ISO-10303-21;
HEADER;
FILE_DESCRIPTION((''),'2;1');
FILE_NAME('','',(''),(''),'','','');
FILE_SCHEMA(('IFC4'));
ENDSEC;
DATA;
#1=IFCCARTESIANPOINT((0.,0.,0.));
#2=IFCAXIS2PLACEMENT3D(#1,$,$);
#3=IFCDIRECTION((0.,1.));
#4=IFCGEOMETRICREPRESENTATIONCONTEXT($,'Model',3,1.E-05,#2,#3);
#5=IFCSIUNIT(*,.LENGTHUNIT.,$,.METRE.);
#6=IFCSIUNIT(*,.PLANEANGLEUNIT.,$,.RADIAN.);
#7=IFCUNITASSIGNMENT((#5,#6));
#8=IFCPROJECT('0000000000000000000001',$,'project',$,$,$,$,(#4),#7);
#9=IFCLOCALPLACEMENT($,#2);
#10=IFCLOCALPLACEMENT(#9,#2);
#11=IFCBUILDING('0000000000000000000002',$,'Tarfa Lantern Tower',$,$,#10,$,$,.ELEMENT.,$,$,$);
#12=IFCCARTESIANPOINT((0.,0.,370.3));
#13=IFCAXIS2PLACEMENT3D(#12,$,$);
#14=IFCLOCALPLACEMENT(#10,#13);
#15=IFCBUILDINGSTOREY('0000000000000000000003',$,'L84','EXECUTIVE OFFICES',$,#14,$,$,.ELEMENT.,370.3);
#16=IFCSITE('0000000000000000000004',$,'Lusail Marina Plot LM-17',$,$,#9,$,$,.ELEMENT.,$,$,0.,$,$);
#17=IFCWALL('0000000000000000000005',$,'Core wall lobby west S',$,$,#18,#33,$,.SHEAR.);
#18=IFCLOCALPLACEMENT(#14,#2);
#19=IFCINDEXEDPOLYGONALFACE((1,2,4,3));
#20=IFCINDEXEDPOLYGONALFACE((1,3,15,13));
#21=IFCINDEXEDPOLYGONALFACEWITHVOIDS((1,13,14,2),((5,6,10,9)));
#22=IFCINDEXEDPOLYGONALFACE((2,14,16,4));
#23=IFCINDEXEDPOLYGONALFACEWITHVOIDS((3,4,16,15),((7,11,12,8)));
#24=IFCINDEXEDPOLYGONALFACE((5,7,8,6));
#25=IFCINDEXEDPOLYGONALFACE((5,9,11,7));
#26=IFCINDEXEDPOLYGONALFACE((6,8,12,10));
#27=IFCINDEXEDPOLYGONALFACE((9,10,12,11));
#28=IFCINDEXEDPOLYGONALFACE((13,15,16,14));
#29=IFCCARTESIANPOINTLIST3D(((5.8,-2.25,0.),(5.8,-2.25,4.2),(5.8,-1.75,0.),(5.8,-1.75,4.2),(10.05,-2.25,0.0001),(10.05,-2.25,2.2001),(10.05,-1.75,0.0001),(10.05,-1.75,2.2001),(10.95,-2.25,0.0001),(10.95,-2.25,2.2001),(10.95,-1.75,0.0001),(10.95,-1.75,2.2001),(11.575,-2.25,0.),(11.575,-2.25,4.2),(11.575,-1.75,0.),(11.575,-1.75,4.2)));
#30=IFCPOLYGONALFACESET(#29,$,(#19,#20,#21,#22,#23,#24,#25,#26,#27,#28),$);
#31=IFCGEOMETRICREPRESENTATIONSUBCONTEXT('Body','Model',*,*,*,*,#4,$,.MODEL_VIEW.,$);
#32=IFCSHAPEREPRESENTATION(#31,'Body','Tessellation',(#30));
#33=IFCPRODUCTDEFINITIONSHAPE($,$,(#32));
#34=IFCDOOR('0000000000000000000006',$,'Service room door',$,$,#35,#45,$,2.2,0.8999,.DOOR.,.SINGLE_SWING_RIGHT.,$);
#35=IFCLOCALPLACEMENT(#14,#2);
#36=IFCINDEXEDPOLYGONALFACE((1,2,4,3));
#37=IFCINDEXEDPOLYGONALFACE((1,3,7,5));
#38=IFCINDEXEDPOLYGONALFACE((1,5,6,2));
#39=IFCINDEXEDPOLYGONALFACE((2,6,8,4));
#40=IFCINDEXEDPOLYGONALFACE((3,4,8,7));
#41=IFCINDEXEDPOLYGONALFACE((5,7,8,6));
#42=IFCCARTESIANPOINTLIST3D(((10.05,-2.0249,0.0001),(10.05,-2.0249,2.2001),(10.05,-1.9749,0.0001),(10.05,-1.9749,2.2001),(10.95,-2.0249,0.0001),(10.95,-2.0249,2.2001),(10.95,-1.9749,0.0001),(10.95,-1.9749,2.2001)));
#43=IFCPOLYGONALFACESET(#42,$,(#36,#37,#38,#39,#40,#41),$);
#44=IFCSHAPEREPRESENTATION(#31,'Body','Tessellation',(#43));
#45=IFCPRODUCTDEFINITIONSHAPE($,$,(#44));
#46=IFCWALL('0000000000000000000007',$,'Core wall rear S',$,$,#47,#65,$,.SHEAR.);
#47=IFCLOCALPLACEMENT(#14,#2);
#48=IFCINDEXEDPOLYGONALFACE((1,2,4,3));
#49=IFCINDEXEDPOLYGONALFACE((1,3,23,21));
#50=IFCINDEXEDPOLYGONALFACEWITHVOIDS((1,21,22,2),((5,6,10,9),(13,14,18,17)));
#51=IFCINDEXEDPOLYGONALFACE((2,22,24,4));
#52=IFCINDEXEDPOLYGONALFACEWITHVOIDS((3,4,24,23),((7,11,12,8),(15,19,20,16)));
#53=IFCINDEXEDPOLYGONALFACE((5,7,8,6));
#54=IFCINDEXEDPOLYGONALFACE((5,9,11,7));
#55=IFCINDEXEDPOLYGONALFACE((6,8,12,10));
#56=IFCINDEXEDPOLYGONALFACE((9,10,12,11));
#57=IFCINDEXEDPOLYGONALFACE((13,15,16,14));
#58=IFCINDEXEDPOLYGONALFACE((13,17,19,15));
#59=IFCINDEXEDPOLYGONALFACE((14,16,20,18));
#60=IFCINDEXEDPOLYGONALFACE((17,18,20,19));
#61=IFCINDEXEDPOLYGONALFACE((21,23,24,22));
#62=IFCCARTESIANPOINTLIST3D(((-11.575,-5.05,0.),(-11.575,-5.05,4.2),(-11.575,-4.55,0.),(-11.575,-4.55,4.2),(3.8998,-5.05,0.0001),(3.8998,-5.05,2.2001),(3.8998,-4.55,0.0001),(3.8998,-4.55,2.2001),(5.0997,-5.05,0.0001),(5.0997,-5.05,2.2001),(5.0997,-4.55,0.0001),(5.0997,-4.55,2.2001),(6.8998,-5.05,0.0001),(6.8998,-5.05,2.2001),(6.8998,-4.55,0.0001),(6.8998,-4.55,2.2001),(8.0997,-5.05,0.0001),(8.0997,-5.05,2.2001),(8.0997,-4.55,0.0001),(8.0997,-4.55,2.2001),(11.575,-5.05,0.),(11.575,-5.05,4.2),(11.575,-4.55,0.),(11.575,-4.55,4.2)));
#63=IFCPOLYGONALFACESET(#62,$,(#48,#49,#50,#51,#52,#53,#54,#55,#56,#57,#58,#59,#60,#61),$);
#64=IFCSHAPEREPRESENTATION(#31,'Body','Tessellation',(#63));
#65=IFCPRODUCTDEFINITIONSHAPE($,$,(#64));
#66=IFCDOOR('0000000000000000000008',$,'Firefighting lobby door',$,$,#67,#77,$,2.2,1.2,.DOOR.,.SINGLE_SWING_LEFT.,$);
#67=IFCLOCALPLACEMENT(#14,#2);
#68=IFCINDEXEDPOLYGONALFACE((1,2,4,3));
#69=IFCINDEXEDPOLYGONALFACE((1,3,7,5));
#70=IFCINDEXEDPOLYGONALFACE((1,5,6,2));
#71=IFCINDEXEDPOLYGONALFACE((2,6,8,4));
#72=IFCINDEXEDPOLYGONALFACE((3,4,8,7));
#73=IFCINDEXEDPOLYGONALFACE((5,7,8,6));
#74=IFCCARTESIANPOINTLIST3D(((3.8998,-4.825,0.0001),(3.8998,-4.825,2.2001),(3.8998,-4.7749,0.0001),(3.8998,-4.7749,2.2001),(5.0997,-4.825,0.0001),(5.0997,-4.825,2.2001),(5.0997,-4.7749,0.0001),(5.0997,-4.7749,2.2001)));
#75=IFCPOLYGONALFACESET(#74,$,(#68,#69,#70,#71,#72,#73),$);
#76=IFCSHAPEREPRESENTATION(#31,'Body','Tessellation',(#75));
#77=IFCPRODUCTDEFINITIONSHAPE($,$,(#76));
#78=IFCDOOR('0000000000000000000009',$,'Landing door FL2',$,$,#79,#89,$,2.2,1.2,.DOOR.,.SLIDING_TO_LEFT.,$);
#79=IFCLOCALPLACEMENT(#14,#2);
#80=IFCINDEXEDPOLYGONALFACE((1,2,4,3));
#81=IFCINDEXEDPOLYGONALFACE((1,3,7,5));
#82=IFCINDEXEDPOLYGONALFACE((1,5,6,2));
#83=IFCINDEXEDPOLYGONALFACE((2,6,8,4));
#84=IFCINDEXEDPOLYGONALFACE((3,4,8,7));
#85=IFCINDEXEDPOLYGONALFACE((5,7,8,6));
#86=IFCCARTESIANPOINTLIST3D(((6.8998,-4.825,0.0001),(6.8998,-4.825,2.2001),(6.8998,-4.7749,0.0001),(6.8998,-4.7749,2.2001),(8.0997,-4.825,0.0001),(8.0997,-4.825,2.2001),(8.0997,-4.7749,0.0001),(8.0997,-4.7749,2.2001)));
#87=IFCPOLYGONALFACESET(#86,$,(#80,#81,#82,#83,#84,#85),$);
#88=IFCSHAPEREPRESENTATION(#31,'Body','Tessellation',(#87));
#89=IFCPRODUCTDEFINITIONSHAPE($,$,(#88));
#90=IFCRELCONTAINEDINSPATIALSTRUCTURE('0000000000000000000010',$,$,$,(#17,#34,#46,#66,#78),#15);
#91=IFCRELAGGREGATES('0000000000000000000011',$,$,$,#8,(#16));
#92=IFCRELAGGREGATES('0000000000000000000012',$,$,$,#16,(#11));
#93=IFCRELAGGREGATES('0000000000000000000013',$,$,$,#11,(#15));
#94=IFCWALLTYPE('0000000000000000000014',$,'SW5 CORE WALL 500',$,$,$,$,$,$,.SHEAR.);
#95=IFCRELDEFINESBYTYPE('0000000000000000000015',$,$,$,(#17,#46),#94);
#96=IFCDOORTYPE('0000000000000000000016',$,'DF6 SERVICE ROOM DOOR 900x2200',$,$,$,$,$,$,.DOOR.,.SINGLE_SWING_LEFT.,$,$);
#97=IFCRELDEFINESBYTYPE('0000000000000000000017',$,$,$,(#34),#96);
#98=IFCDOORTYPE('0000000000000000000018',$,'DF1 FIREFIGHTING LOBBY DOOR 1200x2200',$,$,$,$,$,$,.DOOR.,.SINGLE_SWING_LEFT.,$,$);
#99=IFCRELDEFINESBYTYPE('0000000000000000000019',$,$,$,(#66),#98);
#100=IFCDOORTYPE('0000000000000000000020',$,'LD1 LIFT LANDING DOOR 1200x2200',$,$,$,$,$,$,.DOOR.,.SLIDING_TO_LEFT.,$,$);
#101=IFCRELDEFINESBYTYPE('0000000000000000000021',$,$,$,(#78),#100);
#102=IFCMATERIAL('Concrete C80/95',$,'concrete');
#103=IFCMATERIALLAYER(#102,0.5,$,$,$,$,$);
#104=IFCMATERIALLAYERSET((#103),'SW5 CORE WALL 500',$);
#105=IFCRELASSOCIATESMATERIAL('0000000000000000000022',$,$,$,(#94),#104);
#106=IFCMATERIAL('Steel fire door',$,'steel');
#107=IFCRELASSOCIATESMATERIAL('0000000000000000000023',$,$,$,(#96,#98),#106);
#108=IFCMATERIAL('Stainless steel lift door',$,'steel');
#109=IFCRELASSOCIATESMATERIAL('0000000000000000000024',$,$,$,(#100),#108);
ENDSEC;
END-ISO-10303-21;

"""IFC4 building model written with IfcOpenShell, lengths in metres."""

from ifc_helpers import new_model, si_unit, direction, frame, frame_2d, origin, place, context, subcontext, project, spatial, rectangle, extrude, material, layer, layer_set, type_object, element, fill, save


model = new_model("IFC4")

# Units and contexts
model_context = context("Model", 3, precision=1e-05, world=origin(), true_north=direction((0.0, 1.0)))
body_context = subcontext(model_context, "Body", "Model", "MODEL_VIEW")
ifc_project = project(units=[si_unit("LENGTHUNIT", "METRE"), si_unit("PLANEANGLEUNIT", "RADIAN")], contexts=[model_context])

# Site, building, storey
site_placement = place(None, origin())
site = spatial("IfcSite", under=ifc_project, at=site_placement, Name="Lusail Marina Plot LM-17", CompositionType="ELEMENT", RefElevation=0.0)
building_placement = place(site_placement, origin())
building = spatial("IfcBuilding", under=site, at=building_placement, Name="Tarfa Lantern Tower", CompositionType="ELEMENT")
storey_placement = place(building_placement, frame((0.0, 0.0, 370.3)))
storey = spatial("IfcBuildingStorey", under=building, at=storey_placement, Name="L84", Description="EXECUTIVE OFFICES", CompositionType="ELEMENT", Elevation=370.3)

# Shared definitions
ifc_material_1 = material(Name="Concrete C80/95", Category="concrete")

# Wall, opening, door
ifc_material_2 = material(Name="Steel fire door", Category="steel")
ifc_layer_1 = layer(ifc_material_1, 0.5)
ifc_layer_set_1 = layer_set([ifc_layer_1], Name="SW5 CORE WALL 500")
wall_type_1 = type_object("IfcWallType", Name="SW5 CORE WALL 500", PredefinedType="SHEAR", material=ifc_layer_set_1)
wall_1_placement = place(storey_placement, frame((11.575, -2.0, 0.0), z_axis=(0.0, 0.0, 1.0), x_axis=(-1.0, 0.0, 0.0)))
wall_1 = element("IfcWall", 1, at=wall_1_placement, inside=storey, type_object=wall_type_1, Name="Core wall lobby west S", PredefinedType="SHEAR", context=body_context, shape_type="SweptSolid", body=[
    extrude(rectangle(XDim=5.7749, YDim=0.5, at=frame_2d((2.8875, 0.0))), origin(), (0.0, 0.0, 1.0), 4.2),
])
opening_1_placement = place(wall_1_placement, frame((0.625, 0.0, 0.0)))
opening_1 = element("IfcOpeningElement", 2, at=opening_1_placement, cuts=wall_1, PredefinedType="OPENING", context=body_context, shape_type="SweptSolid", body=[
    extrude(rectangle(XDim=0.8999, YDim=2.2, at=frame_2d((0.45, 1.1001))), frame((0.0, 0.26, 0.0), z_axis=(0.0, -1.0, 0.0), x_axis=(1.0, 0.0, 0.0)), (0.0, 0.0, 1.0), 0.52),
])
door_type_1 = type_object("IfcDoorType", Name="DF6 SERVICE ROOM DOOR 900x2200", OperationType="SINGLE_SWING_LEFT", PredefinedType="DOOR", material=ifc_material_2)
door_1_placement = place(opening_1_placement, origin())
door_1 = element("IfcDoor", 3, at=door_1_placement, inside=storey, type_object=door_type_1, Name="Service room door", OperationType="SINGLE_SWING_RIGHT", OverallHeight=2.2, OverallWidth=0.8999, PredefinedType="DOOR", context=body_context, shape_type="SweptSolid", body=[
    extrude(rectangle(XDim=0.8999, YDim=2.2, at=frame_2d((0.45, 1.1001))), frame((0.0, 0.0249, 0.0), z_axis=(0.0, -1.0, 0.0), x_axis=(1.0, 0.0, 0.0)), (0.0, 0.0, 1.0), 0.05),
])
fill(opening_1, door_1)

# Wall, openings, doors
wall_2_placement = place(storey_placement, frame((11.575, -4.8, 0.0), z_axis=(0.0, 0.0, 1.0), x_axis=(-1.0, 0.0, 0.0)))
wall_2 = element("IfcWall", 4, at=wall_2_placement, inside=storey, type_object=wall_type_1, Name="Core wall rear S", PredefinedType="SHEAR", context=body_context, shape_type="SweptSolid", body=[
    extrude(rectangle(XDim=23.1499, YDim=0.5, at=frame_2d((11.575, 0.0))), origin(), (0.0, 0.0, 1.0), 4.2),
])
opening_2_placement = place(wall_2_placement, frame((6.4751, 0.0, 0.0)))
opening_2 = element("IfcOpeningElement", 5, at=opening_2_placement, cuts=wall_2, PredefinedType="OPENING", context=body_context, shape_type="SweptSolid", body=[
    extrude(rectangle(XDim=1.2, YDim=2.2, at=frame_2d((0.6001, 1.1001))), frame((0.0, 0.26, 0.0), z_axis=(0.0, -1.0, 0.0), x_axis=(1.0, 0.0, 0.0)), (0.0, 0.0, 1.0), 0.52),
])
opening_3_placement = place(wall_2_placement, frame((3.4751, 0.0, 0.0)))
opening_3 = element("IfcOpeningElement", 6, at=opening_3_placement, cuts=wall_2, PredefinedType="OPENING", context=body_context, shape_type="SweptSolid", body=[
    extrude(rectangle(XDim=1.2, YDim=2.2, at=frame_2d((0.6001, 1.1001))), frame((0.0, 0.26, 0.0), z_axis=(0.0, -1.0, 0.0), x_axis=(1.0, 0.0, 0.0)), (0.0, 0.0, 1.0), 0.52),
])
door_type_2 = type_object("IfcDoorType", Name="DF1 FIREFIGHTING LOBBY DOOR 1200x2200", OperationType="SINGLE_SWING_LEFT", PredefinedType="DOOR", material=ifc_material_2)
door_2_placement = place(opening_2_placement, origin())
door_2 = element("IfcDoor", 7, at=door_2_placement, inside=storey, type_object=door_type_2, Name="Firefighting lobby door", OperationType="SINGLE_SWING_LEFT", OverallHeight=2.2, OverallWidth=1.2, PredefinedType="DOOR", context=body_context, shape_type="SweptSolid", body=[
    extrude(rectangle(XDim=1.2, YDim=2.2, at=frame_2d((0.6001, 1.1001))), frame((0.0, 0.0249, 0.0), z_axis=(0.0, -1.0, 0.0), x_axis=(1.0, 0.0, 0.0)), (0.0, 0.0, 1.0), 0.05),
])
fill(opening_2, door_2)
ifc_material_3 = material(Name="Stainless steel lift door", Category="steel")
door_type_3 = type_object("IfcDoorType", Name="LD1 LIFT LANDING DOOR 1200x2200", OperationType="SLIDING_TO_LEFT", PredefinedType="DOOR", material=ifc_material_3)
door_3_placement = place(opening_3_placement, origin())
door_3 = element("IfcDoor", 8, at=door_3_placement, inside=storey, type_object=door_type_3, Name="Landing door FL2", OperationType="SLIDING_TO_LEFT", OverallHeight=2.2, OverallWidth=1.2, PredefinedType="DOOR", context=body_context, shape_type="SweptSolid", body=[
    extrude(rectangle(XDim=1.2, YDim=2.2, at=frame_2d((0.6001, 1.1001))), frame((0.0, 0.0249, 0.0), z_axis=(0.0, -1.0, 0.0), x_axis=(1.0, 0.0, 0.0)), (0.0, 0.0, 1.0), 0.05),
])
fill(opening_3, door_3)

save(model, "model.ifc")
